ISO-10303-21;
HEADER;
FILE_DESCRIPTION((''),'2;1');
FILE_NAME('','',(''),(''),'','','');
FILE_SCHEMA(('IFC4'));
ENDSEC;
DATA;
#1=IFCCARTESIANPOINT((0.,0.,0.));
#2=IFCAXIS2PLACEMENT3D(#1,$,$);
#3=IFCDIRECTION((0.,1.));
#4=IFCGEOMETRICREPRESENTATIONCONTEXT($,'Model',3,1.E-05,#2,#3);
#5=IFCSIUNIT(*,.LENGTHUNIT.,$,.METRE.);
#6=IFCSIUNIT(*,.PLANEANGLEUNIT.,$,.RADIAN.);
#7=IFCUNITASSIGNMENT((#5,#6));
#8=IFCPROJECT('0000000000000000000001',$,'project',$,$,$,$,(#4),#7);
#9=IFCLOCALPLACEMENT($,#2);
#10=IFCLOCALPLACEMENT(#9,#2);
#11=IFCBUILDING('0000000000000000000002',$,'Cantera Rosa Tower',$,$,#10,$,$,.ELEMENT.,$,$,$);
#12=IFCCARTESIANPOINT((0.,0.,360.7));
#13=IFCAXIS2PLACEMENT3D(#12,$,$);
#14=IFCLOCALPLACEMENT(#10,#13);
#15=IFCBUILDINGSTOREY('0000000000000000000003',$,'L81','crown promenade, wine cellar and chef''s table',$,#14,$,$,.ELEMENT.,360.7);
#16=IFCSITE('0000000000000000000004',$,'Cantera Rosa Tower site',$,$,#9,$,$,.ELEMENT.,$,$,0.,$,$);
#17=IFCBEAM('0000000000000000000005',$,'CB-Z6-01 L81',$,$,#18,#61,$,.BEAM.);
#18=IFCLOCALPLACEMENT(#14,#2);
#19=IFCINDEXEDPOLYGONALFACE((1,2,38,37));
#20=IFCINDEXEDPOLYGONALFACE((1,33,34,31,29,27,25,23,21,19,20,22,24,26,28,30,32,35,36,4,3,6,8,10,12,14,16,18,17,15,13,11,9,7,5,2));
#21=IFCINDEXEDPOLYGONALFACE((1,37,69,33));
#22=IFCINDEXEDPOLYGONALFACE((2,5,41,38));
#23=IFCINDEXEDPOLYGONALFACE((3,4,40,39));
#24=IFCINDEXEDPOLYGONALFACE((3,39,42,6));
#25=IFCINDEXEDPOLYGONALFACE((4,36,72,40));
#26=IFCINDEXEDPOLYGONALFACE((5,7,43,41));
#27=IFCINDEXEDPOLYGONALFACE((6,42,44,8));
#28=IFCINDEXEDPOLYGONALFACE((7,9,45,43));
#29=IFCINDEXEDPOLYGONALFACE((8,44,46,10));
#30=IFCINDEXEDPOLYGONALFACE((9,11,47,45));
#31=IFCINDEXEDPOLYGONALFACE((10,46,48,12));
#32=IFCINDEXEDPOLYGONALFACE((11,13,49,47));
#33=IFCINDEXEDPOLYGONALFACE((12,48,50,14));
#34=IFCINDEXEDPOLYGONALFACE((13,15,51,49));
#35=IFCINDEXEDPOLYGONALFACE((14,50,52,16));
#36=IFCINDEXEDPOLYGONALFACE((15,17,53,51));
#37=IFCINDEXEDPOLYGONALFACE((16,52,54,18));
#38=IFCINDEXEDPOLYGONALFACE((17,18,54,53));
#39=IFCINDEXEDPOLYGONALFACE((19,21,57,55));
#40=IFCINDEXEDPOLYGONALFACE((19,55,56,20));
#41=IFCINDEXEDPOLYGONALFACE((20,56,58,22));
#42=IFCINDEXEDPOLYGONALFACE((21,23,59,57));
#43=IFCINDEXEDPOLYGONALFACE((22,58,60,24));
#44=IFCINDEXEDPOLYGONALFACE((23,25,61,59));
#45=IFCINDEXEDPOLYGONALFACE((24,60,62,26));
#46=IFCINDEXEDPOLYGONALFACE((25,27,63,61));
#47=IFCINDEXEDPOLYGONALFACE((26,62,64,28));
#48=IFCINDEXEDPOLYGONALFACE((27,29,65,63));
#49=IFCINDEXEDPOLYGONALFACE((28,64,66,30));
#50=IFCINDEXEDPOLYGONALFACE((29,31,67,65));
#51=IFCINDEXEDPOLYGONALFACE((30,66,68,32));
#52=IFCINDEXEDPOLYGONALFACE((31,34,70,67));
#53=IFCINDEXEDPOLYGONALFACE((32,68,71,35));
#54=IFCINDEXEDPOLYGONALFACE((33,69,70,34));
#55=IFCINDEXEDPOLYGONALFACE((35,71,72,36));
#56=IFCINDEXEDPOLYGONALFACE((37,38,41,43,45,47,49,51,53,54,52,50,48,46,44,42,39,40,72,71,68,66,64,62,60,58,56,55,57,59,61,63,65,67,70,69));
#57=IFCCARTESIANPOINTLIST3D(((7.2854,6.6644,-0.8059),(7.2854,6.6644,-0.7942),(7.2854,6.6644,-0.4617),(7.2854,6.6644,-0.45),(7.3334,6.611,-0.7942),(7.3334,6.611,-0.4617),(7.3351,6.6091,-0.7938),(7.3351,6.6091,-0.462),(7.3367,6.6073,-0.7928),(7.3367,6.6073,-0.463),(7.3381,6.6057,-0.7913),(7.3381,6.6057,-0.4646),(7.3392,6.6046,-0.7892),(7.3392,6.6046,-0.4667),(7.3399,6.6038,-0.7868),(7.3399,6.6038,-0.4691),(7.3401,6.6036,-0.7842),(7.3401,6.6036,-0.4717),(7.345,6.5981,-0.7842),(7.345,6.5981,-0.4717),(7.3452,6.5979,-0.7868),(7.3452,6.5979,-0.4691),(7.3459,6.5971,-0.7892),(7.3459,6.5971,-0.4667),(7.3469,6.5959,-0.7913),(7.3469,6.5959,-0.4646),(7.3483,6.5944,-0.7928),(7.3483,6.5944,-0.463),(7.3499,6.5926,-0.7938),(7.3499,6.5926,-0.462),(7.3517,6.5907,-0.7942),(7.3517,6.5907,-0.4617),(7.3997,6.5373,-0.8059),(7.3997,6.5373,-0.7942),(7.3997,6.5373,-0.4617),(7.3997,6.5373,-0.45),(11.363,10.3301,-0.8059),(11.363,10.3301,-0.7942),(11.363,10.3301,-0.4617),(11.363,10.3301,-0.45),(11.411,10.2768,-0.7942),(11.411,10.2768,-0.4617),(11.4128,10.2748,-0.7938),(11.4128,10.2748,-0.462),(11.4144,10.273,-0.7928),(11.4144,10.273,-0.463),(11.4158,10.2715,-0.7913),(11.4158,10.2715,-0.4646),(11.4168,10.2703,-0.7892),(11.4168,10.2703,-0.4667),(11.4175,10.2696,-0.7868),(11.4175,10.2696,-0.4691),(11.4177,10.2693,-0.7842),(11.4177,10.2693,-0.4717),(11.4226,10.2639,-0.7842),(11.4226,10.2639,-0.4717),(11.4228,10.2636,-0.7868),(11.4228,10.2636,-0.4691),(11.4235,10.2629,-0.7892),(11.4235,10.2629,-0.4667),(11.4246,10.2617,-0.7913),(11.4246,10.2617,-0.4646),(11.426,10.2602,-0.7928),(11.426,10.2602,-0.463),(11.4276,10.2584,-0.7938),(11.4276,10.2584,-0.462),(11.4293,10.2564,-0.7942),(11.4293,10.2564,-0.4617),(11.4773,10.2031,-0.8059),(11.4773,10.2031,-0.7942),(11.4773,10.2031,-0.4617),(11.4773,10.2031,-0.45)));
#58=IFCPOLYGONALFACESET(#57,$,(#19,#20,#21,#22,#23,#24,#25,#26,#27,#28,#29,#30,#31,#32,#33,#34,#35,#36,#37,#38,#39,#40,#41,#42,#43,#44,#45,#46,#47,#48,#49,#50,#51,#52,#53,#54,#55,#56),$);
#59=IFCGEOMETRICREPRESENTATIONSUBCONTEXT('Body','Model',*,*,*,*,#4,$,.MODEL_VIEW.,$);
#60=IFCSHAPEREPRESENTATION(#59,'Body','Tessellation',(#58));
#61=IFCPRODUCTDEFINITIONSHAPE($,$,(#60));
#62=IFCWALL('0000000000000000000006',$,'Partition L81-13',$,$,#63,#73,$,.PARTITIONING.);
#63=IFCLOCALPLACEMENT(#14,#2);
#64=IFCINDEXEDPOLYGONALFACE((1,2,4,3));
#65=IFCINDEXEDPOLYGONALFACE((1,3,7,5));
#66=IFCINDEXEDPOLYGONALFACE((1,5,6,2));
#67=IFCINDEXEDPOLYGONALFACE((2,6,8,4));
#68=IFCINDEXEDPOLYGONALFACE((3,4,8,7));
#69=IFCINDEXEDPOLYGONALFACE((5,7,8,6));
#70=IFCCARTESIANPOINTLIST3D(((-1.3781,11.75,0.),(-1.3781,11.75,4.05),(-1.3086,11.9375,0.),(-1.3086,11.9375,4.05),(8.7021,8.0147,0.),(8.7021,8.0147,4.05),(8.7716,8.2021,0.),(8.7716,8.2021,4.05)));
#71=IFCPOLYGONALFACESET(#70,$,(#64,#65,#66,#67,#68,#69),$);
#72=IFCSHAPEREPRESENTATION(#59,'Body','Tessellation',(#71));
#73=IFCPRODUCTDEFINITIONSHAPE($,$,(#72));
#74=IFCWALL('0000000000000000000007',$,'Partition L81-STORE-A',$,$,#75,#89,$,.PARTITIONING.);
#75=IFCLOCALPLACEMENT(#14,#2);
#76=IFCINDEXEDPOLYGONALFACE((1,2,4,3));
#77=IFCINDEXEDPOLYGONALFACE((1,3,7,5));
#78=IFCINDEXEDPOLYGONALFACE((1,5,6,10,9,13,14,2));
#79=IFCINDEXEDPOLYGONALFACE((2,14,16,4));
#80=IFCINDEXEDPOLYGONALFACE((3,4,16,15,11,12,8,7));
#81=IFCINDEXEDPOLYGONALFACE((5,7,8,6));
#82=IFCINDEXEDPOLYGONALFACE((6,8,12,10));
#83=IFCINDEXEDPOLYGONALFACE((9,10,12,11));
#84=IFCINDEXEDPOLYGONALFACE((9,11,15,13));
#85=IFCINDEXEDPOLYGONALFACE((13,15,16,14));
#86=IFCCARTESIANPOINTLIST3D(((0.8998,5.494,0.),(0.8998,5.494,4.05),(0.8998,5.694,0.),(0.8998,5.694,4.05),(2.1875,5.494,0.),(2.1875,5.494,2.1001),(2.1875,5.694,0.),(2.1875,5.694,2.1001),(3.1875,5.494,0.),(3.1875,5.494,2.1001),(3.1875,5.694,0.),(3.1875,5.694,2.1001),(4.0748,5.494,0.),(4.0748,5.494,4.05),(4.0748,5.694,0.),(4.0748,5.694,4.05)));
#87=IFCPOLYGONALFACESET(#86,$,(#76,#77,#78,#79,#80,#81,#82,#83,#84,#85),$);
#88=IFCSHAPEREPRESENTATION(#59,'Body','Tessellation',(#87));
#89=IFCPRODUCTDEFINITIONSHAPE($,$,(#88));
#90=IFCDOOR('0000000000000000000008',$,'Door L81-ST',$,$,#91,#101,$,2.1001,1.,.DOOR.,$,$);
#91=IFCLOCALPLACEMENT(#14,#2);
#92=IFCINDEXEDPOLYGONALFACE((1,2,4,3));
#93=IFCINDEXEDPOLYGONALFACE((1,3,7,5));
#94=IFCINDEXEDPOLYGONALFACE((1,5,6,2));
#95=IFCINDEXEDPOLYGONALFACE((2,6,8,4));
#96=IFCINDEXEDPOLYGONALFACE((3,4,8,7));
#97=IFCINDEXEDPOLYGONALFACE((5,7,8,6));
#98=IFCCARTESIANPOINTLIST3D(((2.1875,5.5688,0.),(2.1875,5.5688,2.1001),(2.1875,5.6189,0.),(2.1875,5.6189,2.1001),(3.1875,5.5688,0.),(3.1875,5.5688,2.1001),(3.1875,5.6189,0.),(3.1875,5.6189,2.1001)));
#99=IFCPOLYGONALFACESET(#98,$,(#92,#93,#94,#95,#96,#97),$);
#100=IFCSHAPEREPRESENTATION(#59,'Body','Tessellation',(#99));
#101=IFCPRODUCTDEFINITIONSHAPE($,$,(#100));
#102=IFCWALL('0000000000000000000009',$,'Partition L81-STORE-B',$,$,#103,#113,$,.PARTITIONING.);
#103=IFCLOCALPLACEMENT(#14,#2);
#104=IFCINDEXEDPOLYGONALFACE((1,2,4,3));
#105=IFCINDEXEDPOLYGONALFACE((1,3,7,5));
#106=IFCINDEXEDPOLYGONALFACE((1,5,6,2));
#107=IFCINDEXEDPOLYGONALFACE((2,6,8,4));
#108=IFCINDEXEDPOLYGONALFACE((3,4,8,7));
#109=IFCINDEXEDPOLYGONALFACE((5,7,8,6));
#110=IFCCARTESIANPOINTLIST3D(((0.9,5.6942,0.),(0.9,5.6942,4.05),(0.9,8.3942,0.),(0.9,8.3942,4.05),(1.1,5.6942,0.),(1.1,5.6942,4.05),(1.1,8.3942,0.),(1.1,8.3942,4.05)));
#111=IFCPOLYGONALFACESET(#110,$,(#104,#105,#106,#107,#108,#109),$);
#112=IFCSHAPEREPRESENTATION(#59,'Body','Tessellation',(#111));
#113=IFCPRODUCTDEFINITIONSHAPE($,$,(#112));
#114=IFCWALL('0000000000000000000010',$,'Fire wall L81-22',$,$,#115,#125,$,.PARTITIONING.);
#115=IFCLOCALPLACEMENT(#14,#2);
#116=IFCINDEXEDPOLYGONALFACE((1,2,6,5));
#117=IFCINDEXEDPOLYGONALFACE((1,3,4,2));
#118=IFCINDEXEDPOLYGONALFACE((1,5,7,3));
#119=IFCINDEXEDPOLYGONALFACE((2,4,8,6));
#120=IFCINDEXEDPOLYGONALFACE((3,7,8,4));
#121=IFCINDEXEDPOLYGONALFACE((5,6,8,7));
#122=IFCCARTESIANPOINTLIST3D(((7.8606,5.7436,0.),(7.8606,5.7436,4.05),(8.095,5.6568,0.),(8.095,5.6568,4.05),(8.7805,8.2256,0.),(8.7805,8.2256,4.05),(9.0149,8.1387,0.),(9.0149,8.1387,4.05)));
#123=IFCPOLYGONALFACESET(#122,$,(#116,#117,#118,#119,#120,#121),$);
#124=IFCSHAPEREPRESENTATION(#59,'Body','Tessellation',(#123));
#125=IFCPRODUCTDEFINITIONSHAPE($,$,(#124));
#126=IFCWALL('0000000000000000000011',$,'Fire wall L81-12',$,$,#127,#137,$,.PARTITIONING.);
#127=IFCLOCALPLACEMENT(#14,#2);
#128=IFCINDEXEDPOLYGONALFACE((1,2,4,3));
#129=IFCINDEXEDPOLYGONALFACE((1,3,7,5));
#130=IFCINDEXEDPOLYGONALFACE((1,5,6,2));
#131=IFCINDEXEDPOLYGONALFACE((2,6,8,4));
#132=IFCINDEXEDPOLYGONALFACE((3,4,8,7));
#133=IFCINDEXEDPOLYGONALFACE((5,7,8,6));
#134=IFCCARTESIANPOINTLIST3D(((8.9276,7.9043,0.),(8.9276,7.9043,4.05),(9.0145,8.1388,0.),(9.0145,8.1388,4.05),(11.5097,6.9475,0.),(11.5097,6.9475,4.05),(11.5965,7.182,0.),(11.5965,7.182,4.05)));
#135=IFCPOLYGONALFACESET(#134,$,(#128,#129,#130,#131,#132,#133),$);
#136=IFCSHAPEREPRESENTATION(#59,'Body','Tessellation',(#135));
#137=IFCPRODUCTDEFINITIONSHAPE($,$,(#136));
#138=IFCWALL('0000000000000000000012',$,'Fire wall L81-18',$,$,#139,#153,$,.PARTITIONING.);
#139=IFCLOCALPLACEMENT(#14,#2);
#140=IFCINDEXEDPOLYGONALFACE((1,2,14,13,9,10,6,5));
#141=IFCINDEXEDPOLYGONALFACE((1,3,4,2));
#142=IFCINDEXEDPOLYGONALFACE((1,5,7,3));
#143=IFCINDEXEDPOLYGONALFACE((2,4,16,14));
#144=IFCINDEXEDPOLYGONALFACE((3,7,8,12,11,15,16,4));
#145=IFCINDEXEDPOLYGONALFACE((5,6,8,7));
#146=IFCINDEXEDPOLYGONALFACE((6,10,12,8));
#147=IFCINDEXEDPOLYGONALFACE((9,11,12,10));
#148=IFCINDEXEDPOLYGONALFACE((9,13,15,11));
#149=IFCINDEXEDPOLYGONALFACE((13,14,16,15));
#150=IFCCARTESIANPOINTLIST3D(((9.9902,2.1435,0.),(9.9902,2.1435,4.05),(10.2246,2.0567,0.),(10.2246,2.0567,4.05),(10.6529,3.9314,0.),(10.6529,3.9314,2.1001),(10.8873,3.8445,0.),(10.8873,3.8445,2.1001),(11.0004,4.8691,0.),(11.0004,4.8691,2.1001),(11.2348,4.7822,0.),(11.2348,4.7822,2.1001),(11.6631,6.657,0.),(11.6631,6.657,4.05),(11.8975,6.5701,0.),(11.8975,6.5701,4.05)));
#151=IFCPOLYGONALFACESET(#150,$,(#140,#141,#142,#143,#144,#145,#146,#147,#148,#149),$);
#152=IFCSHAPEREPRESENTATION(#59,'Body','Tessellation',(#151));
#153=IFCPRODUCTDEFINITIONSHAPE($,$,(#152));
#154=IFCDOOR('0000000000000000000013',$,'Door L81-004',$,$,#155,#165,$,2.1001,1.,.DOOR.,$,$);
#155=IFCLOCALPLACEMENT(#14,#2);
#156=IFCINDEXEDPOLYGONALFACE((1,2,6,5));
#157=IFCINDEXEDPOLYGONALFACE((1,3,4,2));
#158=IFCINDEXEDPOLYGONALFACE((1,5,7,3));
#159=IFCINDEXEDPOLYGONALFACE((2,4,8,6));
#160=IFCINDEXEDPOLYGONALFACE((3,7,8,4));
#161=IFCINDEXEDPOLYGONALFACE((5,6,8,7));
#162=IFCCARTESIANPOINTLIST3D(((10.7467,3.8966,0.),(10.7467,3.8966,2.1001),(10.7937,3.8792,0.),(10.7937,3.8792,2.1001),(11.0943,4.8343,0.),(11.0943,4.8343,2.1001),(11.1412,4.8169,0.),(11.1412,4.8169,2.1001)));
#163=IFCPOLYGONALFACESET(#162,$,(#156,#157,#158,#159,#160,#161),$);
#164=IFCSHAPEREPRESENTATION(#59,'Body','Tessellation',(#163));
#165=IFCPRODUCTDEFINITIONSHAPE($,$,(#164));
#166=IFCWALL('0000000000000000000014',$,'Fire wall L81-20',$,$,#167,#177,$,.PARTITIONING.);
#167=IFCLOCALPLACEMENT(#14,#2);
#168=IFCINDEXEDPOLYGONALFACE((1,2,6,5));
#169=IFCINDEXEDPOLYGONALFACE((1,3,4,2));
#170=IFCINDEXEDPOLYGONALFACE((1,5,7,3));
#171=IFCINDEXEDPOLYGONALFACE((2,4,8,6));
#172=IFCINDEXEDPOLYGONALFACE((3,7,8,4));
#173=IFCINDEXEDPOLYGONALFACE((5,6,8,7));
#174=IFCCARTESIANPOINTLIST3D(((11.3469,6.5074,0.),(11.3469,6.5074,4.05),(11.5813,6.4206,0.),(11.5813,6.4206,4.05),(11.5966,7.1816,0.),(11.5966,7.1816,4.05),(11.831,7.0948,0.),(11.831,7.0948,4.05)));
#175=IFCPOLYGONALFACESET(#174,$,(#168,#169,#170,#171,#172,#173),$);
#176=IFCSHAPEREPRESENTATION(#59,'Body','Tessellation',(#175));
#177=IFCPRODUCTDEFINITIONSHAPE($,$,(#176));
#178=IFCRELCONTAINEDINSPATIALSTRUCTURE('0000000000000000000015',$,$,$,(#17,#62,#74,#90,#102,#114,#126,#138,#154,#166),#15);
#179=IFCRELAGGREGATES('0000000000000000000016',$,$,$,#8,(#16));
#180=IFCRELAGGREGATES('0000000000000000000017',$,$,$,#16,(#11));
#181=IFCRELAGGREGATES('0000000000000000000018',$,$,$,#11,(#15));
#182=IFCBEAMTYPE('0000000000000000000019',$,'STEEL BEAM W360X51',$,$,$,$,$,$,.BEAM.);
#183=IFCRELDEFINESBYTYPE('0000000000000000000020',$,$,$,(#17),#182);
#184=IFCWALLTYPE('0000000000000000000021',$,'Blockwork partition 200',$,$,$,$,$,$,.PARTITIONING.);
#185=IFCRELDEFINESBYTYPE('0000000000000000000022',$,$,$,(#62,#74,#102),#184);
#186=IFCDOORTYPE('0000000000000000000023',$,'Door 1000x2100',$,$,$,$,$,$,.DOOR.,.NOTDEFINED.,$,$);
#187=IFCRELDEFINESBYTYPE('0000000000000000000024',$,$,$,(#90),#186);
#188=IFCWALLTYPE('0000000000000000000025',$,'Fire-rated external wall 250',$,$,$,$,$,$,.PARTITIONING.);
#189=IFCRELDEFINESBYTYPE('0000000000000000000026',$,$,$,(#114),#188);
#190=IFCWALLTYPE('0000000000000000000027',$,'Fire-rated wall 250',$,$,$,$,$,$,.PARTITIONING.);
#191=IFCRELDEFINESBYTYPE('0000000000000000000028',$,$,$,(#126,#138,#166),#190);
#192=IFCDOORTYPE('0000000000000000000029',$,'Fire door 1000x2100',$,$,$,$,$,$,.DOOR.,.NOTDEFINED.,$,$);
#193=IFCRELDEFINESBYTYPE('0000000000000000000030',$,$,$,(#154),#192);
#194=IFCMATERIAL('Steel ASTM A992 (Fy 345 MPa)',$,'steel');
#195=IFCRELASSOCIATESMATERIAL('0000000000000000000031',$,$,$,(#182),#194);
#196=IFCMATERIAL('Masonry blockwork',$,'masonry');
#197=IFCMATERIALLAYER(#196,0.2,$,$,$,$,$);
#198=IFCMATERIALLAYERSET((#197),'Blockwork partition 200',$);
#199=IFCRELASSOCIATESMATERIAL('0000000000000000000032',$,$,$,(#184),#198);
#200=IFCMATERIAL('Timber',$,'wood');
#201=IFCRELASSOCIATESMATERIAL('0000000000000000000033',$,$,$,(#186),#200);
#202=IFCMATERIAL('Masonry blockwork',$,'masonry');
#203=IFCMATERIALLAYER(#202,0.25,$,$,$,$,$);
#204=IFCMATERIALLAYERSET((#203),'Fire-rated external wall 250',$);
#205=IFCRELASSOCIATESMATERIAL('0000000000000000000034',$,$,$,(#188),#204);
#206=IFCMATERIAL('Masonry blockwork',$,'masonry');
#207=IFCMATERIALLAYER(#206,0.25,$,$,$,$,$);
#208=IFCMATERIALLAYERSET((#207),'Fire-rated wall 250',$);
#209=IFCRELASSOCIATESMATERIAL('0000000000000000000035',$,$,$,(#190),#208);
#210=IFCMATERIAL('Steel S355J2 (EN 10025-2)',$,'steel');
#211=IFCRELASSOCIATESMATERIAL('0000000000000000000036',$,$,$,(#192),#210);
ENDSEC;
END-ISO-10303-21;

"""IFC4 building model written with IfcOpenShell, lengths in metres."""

from ifc_helpers import new_model, si_unit, direction, frame, frame_2d, origin, origin_2d, place, context, subcontext, project, spatial, rectangle, i_section, extrude, material, layer, layer_set, material_profile, profile_set, type_object, element, fill, save


model = new_model("IFC4")

# Units and contexts
model_context = context("Model", 3, precision=1e-05, world=origin(), true_north=direction((0.0, 1.0)))
body_context = subcontext(model_context, "Body", "Model", "MODEL_VIEW")
ifc_project = project(units=[si_unit("LENGTHUNIT", "METRE"), si_unit("PLANEANGLEUNIT", "RADIAN")], contexts=[model_context])

# Site, building, storey
site_placement = place(None, origin())
site = spatial("IfcSite", under=ifc_project, at=site_placement, Name="Cantera Rosa Tower site", CompositionType="ELEMENT", RefElevation=0.0)
building_placement = place(site_placement, origin())
building = spatial("IfcBuilding", under=site, at=building_placement, Name="Cantera Rosa Tower", CompositionType="ELEMENT")
storey_placement = place(building_placement, frame((0.0, 0.0, 360.7)))
storey = spatial("IfcBuildingStorey", under=building, at=storey_placement, Name="L81", Description="crown promenade, wine cellar and chef's table", CompositionType="ELEMENT", Elevation=360.7)

# Beam
ifc_material_1 = material(Name="Steel ASTM A992 (Fy 345 MPa)", Category="steel")
ifc_material_profile = material_profile(ifc_material_1, i_section(OverallWidth=0.1709, OverallDepth=0.356, WebThickness=0.0073, FlangeThickness=0.0117, FilletRadius=0.01, at=origin_2d()), Name="W360X51")
ifc_profile_set = profile_set([ifc_material_profile], Name="Steel ASTM A992 (Fy 345 MPa)")
beam_type = type_object("IfcBeamType", Name="STEEL BEAM W360X51", PredefinedType="BEAM", material=ifc_profile_set)
beam_placement = place(storey_placement, frame((11.4202, 10.2666, -0.6279), z_axis=(-0.743666, -0.668551, 0.0), x_axis=(0.668551, -0.743666, 0.0)))
element("IfcBeam", 1, at=beam_placement, inside=storey, type_object=beam_type, Name="CB-Z6-01 L81", PredefinedType="BEAM", context=body_context, shape_type="SweptSolid", body=[
    extrude(i_section(OverallWidth=0.1709, OverallDepth=0.356, WebThickness=0.0073, FlangeThickness=0.0117, FilletRadius=0.01, at=origin_2d()), origin(), (0.0, 0.0, 1.0), 5.4832),
])

# Wall
ifc_material_2 = material(Name="Masonry blockwork", Category="masonry")
ifc_layer_1 = layer(ifc_material_2, 0.2)
ifc_layer_set_1 = layer_set([ifc_layer_1], Name="Blockwork partition 200")
wall_type_1 = type_object("IfcWallType", Name="Blockwork partition 200", PredefinedType="PARTITIONING", material=ifc_layer_set_1)
wall_1_placement = place(storey_placement, frame((8.7368, 8.1084, 0.0), z_axis=(0.0, 0.0, 1.0), x_axis=(-0.937688, 0.347477, 0.0)))
element("IfcWall", 2, at=wall_1_placement, inside=storey, type_object=wall_type_1, Name="Partition L81-13", PredefinedType="PARTITIONING", context=body_context, shape_type="SweptSolid", body=[
    extrude(rectangle(XDim=10.75, YDim=0.2, at=frame_2d((5.375, 0.0))), origin(), (0.0, 0.0, 1.0), 4.05),
])

# Wall, opening, door
wall_2_placement = place(storey_placement, frame((0.8999, 5.594, 0.0), z_axis=(0.0, 0.0, 1.0), x_axis=(1.0, 0.0, 0.0)))
wall_2 = element("IfcWall", 3, at=wall_2_placement, inside=storey, type_object=wall_type_1, Name="Partition L81-STORE-A", PredefinedType="PARTITIONING", context=body_context, shape_type="SweptSolid", body=[
    extrude(rectangle(XDim=3.175, YDim=0.2, at=frame_2d((1.5874, 0.0))), origin(), (0.0, 0.0, 1.0), 4.05),
])
opening_1_placement = place(wall_2_placement, frame((1.2876, 0.0, 0.0)))
opening_1 = element("IfcOpeningElement", 4, at=opening_1_placement, cuts=wall_2, PredefinedType="OPENING", context=body_context, shape_type="SweptSolid", body=[
    extrude(rectangle(XDim=1.0, YDim=2.1001, at=frame_2d((0.5, 1.05))), frame((0.0, 0.1099, 0.0), z_axis=(0.0, -1.0, 0.0), x_axis=(1.0, 0.0, 0.0)), (0.0, 0.0, 1.0), 0.22),
])
ifc_material_3 = material(Name="Timber", Category="wood")
door_type_1 = type_object("IfcDoorType", Name="Door 1000x2100", OperationType="NOTDEFINED", PredefinedType="DOOR", material=ifc_material_3)
door_1_placement = place(opening_1_placement, origin())
door_1 = element("IfcDoor", 5, at=door_1_placement, inside=storey, type_object=door_type_1, Name="Door L81-ST", OverallHeight=2.1001, OverallWidth=1.0, PredefinedType="DOOR", context=body_context, shape_type="SweptSolid", body=[
    extrude(rectangle(XDim=1.0, YDim=2.1001, at=frame_2d((0.5, 1.05))), frame((0.0, 0.0249, 0.0), z_axis=(0.0, -1.0, 0.0), x_axis=(1.0, 0.0, 0.0)), (0.0, 0.0, 1.0), 0.05),
])
fill(opening_1, door_1)

# Walls
wall_3_placement = place(storey_placement, frame((1.0, 5.6941, 0.0), z_axis=(0.0, 0.0, 1.0), x_axis=(0.0, 1.0, 0.0)))
element("IfcWall", 6, at=wall_3_placement, inside=storey, type_object=wall_type_1, Name="Partition L81-STORE-B", PredefinedType="PARTITIONING", context=body_context, shape_type="SweptSolid", body=[
    extrude(rectangle(XDim=2.7, YDim=0.2, at=frame_2d((1.3501, 0.0))), origin(), (0.0, 0.0, 1.0), 4.05),
])
ifc_material_4 = material(Name="Masonry blockwork", Category="masonry")
ifc_layer_2 = layer(ifc_material_4, 0.25)
ifc_layer_set_2 = layer_set([ifc_layer_2], Name="Fire-rated external wall 250")
wall_type_2 = type_object("IfcWallType", Name="Fire-rated external wall 250", PredefinedType="PARTITIONING", material=ifc_layer_set_2)
wall_4_placement = place(storey_placement, frame((7.9778, 5.7002, 0.0), z_axis=(0.0, 0.0, 1.0), x_axis=(0.347543, 0.937664, 0.0)))
element("IfcWall", 7, at=wall_4_placement, inside=storey, type_object=wall_type_2, Name="Fire wall L81-22", PredefinedType="PARTITIONING", context=body_context, shape_type="SweptSolid", body=[
    extrude(rectangle(XDim=2.647, YDim=0.25, at=frame_2d((1.3235, 0.0))), origin(), (0.0, 0.0, 1.0), 4.05),
])
ifc_material_5 = material(Name="Masonry blockwork", Category="masonry")
ifc_layer_3 = layer(ifc_material_5, 0.25)
ifc_layer_set_3 = layer_set([ifc_layer_3], Name="Fire-rated wall 250")
wall_type_3 = type_object("IfcWallType", Name="Fire-rated wall 250", PredefinedType="PARTITIONING", material=ifc_layer_set_3)
wall_5_placement = place(storey_placement, frame((11.5532, 7.0647, 0.0), z_axis=(0.0, 0.0, 1.0), x_axis=(-0.937692, 0.347467, 0.0)))
element("IfcWall", 8, at=wall_5_placement, inside=storey, type_object=wall_type_3, Name="Fire wall L81-12", PredefinedType="PARTITIONING", context=body_context, shape_type="SweptSolid", body=[
    extrude(rectangle(XDim=2.7537, YDim=0.25, at=frame_2d((1.377, 0.0))), origin(), (0.0, 0.0, 1.0), 4.05),
])

# Wall, opening, door
wall_6_placement = place(storey_placement, frame((10.1074, 2.1001, 0.0), z_axis=(0.0, 0.0, 1.0), x_axis=(0.347536, 0.937667, 0.0)))
wall_6 = element("IfcWall", 9, at=wall_6_placement, inside=storey, type_object=wall_type_3, Name="Fire wall L81-18", PredefinedType="PARTITIONING", context=body_context, shape_type="SweptSolid", body=[
    extrude(rectangle(XDim=4.8135, YDim=0.25, at=frame_2d((2.4067, 0.0))), origin(), (0.0, 0.0, 1.0), 4.05),
])
opening_2_placement = place(wall_6_placement, frame((1.9067, 0.0, 0.0)))
opening_2 = element("IfcOpeningElement", 10, at=opening_2_placement, cuts=wall_6, PredefinedType="OPENING", context=body_context, shape_type="SweptSolid", body=[
    extrude(rectangle(XDim=1.0, YDim=2.1001, at=frame_2d((0.5, 1.05))), frame((0.0, 0.135, 0.0), z_axis=(0.0, -1.0, 0.0), x_axis=(1.0, 0.0, 0.0)), (0.0, 0.0, 1.0), 0.27),
])
ifc_material_6 = material(Name="Steel S355J2 (EN 10025-2)", Category="steel")
door_type_2 = type_object("IfcDoorType", Name="Fire door 1000x2100", OperationType="NOTDEFINED", PredefinedType="DOOR", material=ifc_material_6)
door_2_placement = place(opening_2_placement, origin())
door_2 = element("IfcDoor", 11, at=door_2_placement, inside=storey, type_object=door_type_2, Name="Door L81-004", OverallHeight=2.1001, OverallWidth=1.0, PredefinedType="DOOR", context=body_context, shape_type="SweptSolid", body=[
    extrude(rectangle(XDim=1.0, YDim=2.1001, at=frame_2d((0.5, 1.05))), frame((0.0, 0.0249, 0.0), z_axis=(0.0, -1.0, 0.0), x_axis=(1.0, 0.0, 0.0)), (0.0, 0.0, 1.0), 0.05),
])
fill(opening_2, door_2)

# Wall
wall_7_placement = place(storey_placement, frame((11.4641, 6.4641, 0.0), z_axis=(0.0, 0.0, 1.0), x_axis=(0.347325, 0.937745, 0.0)))
element("IfcWall", 12, at=wall_7_placement, inside=storey, type_object=wall_type_3, Name="Fire wall L81-20", PredefinedType="PARTITIONING", context=body_context, shape_type="SweptSolid", body=[
    extrude(rectangle(XDim=0.719, YDim=0.25, at=frame_2d((0.3594, 0.0))), origin(), (0.0, 0.0, 1.0), 4.05),
])

save(model, "model.ifc")
